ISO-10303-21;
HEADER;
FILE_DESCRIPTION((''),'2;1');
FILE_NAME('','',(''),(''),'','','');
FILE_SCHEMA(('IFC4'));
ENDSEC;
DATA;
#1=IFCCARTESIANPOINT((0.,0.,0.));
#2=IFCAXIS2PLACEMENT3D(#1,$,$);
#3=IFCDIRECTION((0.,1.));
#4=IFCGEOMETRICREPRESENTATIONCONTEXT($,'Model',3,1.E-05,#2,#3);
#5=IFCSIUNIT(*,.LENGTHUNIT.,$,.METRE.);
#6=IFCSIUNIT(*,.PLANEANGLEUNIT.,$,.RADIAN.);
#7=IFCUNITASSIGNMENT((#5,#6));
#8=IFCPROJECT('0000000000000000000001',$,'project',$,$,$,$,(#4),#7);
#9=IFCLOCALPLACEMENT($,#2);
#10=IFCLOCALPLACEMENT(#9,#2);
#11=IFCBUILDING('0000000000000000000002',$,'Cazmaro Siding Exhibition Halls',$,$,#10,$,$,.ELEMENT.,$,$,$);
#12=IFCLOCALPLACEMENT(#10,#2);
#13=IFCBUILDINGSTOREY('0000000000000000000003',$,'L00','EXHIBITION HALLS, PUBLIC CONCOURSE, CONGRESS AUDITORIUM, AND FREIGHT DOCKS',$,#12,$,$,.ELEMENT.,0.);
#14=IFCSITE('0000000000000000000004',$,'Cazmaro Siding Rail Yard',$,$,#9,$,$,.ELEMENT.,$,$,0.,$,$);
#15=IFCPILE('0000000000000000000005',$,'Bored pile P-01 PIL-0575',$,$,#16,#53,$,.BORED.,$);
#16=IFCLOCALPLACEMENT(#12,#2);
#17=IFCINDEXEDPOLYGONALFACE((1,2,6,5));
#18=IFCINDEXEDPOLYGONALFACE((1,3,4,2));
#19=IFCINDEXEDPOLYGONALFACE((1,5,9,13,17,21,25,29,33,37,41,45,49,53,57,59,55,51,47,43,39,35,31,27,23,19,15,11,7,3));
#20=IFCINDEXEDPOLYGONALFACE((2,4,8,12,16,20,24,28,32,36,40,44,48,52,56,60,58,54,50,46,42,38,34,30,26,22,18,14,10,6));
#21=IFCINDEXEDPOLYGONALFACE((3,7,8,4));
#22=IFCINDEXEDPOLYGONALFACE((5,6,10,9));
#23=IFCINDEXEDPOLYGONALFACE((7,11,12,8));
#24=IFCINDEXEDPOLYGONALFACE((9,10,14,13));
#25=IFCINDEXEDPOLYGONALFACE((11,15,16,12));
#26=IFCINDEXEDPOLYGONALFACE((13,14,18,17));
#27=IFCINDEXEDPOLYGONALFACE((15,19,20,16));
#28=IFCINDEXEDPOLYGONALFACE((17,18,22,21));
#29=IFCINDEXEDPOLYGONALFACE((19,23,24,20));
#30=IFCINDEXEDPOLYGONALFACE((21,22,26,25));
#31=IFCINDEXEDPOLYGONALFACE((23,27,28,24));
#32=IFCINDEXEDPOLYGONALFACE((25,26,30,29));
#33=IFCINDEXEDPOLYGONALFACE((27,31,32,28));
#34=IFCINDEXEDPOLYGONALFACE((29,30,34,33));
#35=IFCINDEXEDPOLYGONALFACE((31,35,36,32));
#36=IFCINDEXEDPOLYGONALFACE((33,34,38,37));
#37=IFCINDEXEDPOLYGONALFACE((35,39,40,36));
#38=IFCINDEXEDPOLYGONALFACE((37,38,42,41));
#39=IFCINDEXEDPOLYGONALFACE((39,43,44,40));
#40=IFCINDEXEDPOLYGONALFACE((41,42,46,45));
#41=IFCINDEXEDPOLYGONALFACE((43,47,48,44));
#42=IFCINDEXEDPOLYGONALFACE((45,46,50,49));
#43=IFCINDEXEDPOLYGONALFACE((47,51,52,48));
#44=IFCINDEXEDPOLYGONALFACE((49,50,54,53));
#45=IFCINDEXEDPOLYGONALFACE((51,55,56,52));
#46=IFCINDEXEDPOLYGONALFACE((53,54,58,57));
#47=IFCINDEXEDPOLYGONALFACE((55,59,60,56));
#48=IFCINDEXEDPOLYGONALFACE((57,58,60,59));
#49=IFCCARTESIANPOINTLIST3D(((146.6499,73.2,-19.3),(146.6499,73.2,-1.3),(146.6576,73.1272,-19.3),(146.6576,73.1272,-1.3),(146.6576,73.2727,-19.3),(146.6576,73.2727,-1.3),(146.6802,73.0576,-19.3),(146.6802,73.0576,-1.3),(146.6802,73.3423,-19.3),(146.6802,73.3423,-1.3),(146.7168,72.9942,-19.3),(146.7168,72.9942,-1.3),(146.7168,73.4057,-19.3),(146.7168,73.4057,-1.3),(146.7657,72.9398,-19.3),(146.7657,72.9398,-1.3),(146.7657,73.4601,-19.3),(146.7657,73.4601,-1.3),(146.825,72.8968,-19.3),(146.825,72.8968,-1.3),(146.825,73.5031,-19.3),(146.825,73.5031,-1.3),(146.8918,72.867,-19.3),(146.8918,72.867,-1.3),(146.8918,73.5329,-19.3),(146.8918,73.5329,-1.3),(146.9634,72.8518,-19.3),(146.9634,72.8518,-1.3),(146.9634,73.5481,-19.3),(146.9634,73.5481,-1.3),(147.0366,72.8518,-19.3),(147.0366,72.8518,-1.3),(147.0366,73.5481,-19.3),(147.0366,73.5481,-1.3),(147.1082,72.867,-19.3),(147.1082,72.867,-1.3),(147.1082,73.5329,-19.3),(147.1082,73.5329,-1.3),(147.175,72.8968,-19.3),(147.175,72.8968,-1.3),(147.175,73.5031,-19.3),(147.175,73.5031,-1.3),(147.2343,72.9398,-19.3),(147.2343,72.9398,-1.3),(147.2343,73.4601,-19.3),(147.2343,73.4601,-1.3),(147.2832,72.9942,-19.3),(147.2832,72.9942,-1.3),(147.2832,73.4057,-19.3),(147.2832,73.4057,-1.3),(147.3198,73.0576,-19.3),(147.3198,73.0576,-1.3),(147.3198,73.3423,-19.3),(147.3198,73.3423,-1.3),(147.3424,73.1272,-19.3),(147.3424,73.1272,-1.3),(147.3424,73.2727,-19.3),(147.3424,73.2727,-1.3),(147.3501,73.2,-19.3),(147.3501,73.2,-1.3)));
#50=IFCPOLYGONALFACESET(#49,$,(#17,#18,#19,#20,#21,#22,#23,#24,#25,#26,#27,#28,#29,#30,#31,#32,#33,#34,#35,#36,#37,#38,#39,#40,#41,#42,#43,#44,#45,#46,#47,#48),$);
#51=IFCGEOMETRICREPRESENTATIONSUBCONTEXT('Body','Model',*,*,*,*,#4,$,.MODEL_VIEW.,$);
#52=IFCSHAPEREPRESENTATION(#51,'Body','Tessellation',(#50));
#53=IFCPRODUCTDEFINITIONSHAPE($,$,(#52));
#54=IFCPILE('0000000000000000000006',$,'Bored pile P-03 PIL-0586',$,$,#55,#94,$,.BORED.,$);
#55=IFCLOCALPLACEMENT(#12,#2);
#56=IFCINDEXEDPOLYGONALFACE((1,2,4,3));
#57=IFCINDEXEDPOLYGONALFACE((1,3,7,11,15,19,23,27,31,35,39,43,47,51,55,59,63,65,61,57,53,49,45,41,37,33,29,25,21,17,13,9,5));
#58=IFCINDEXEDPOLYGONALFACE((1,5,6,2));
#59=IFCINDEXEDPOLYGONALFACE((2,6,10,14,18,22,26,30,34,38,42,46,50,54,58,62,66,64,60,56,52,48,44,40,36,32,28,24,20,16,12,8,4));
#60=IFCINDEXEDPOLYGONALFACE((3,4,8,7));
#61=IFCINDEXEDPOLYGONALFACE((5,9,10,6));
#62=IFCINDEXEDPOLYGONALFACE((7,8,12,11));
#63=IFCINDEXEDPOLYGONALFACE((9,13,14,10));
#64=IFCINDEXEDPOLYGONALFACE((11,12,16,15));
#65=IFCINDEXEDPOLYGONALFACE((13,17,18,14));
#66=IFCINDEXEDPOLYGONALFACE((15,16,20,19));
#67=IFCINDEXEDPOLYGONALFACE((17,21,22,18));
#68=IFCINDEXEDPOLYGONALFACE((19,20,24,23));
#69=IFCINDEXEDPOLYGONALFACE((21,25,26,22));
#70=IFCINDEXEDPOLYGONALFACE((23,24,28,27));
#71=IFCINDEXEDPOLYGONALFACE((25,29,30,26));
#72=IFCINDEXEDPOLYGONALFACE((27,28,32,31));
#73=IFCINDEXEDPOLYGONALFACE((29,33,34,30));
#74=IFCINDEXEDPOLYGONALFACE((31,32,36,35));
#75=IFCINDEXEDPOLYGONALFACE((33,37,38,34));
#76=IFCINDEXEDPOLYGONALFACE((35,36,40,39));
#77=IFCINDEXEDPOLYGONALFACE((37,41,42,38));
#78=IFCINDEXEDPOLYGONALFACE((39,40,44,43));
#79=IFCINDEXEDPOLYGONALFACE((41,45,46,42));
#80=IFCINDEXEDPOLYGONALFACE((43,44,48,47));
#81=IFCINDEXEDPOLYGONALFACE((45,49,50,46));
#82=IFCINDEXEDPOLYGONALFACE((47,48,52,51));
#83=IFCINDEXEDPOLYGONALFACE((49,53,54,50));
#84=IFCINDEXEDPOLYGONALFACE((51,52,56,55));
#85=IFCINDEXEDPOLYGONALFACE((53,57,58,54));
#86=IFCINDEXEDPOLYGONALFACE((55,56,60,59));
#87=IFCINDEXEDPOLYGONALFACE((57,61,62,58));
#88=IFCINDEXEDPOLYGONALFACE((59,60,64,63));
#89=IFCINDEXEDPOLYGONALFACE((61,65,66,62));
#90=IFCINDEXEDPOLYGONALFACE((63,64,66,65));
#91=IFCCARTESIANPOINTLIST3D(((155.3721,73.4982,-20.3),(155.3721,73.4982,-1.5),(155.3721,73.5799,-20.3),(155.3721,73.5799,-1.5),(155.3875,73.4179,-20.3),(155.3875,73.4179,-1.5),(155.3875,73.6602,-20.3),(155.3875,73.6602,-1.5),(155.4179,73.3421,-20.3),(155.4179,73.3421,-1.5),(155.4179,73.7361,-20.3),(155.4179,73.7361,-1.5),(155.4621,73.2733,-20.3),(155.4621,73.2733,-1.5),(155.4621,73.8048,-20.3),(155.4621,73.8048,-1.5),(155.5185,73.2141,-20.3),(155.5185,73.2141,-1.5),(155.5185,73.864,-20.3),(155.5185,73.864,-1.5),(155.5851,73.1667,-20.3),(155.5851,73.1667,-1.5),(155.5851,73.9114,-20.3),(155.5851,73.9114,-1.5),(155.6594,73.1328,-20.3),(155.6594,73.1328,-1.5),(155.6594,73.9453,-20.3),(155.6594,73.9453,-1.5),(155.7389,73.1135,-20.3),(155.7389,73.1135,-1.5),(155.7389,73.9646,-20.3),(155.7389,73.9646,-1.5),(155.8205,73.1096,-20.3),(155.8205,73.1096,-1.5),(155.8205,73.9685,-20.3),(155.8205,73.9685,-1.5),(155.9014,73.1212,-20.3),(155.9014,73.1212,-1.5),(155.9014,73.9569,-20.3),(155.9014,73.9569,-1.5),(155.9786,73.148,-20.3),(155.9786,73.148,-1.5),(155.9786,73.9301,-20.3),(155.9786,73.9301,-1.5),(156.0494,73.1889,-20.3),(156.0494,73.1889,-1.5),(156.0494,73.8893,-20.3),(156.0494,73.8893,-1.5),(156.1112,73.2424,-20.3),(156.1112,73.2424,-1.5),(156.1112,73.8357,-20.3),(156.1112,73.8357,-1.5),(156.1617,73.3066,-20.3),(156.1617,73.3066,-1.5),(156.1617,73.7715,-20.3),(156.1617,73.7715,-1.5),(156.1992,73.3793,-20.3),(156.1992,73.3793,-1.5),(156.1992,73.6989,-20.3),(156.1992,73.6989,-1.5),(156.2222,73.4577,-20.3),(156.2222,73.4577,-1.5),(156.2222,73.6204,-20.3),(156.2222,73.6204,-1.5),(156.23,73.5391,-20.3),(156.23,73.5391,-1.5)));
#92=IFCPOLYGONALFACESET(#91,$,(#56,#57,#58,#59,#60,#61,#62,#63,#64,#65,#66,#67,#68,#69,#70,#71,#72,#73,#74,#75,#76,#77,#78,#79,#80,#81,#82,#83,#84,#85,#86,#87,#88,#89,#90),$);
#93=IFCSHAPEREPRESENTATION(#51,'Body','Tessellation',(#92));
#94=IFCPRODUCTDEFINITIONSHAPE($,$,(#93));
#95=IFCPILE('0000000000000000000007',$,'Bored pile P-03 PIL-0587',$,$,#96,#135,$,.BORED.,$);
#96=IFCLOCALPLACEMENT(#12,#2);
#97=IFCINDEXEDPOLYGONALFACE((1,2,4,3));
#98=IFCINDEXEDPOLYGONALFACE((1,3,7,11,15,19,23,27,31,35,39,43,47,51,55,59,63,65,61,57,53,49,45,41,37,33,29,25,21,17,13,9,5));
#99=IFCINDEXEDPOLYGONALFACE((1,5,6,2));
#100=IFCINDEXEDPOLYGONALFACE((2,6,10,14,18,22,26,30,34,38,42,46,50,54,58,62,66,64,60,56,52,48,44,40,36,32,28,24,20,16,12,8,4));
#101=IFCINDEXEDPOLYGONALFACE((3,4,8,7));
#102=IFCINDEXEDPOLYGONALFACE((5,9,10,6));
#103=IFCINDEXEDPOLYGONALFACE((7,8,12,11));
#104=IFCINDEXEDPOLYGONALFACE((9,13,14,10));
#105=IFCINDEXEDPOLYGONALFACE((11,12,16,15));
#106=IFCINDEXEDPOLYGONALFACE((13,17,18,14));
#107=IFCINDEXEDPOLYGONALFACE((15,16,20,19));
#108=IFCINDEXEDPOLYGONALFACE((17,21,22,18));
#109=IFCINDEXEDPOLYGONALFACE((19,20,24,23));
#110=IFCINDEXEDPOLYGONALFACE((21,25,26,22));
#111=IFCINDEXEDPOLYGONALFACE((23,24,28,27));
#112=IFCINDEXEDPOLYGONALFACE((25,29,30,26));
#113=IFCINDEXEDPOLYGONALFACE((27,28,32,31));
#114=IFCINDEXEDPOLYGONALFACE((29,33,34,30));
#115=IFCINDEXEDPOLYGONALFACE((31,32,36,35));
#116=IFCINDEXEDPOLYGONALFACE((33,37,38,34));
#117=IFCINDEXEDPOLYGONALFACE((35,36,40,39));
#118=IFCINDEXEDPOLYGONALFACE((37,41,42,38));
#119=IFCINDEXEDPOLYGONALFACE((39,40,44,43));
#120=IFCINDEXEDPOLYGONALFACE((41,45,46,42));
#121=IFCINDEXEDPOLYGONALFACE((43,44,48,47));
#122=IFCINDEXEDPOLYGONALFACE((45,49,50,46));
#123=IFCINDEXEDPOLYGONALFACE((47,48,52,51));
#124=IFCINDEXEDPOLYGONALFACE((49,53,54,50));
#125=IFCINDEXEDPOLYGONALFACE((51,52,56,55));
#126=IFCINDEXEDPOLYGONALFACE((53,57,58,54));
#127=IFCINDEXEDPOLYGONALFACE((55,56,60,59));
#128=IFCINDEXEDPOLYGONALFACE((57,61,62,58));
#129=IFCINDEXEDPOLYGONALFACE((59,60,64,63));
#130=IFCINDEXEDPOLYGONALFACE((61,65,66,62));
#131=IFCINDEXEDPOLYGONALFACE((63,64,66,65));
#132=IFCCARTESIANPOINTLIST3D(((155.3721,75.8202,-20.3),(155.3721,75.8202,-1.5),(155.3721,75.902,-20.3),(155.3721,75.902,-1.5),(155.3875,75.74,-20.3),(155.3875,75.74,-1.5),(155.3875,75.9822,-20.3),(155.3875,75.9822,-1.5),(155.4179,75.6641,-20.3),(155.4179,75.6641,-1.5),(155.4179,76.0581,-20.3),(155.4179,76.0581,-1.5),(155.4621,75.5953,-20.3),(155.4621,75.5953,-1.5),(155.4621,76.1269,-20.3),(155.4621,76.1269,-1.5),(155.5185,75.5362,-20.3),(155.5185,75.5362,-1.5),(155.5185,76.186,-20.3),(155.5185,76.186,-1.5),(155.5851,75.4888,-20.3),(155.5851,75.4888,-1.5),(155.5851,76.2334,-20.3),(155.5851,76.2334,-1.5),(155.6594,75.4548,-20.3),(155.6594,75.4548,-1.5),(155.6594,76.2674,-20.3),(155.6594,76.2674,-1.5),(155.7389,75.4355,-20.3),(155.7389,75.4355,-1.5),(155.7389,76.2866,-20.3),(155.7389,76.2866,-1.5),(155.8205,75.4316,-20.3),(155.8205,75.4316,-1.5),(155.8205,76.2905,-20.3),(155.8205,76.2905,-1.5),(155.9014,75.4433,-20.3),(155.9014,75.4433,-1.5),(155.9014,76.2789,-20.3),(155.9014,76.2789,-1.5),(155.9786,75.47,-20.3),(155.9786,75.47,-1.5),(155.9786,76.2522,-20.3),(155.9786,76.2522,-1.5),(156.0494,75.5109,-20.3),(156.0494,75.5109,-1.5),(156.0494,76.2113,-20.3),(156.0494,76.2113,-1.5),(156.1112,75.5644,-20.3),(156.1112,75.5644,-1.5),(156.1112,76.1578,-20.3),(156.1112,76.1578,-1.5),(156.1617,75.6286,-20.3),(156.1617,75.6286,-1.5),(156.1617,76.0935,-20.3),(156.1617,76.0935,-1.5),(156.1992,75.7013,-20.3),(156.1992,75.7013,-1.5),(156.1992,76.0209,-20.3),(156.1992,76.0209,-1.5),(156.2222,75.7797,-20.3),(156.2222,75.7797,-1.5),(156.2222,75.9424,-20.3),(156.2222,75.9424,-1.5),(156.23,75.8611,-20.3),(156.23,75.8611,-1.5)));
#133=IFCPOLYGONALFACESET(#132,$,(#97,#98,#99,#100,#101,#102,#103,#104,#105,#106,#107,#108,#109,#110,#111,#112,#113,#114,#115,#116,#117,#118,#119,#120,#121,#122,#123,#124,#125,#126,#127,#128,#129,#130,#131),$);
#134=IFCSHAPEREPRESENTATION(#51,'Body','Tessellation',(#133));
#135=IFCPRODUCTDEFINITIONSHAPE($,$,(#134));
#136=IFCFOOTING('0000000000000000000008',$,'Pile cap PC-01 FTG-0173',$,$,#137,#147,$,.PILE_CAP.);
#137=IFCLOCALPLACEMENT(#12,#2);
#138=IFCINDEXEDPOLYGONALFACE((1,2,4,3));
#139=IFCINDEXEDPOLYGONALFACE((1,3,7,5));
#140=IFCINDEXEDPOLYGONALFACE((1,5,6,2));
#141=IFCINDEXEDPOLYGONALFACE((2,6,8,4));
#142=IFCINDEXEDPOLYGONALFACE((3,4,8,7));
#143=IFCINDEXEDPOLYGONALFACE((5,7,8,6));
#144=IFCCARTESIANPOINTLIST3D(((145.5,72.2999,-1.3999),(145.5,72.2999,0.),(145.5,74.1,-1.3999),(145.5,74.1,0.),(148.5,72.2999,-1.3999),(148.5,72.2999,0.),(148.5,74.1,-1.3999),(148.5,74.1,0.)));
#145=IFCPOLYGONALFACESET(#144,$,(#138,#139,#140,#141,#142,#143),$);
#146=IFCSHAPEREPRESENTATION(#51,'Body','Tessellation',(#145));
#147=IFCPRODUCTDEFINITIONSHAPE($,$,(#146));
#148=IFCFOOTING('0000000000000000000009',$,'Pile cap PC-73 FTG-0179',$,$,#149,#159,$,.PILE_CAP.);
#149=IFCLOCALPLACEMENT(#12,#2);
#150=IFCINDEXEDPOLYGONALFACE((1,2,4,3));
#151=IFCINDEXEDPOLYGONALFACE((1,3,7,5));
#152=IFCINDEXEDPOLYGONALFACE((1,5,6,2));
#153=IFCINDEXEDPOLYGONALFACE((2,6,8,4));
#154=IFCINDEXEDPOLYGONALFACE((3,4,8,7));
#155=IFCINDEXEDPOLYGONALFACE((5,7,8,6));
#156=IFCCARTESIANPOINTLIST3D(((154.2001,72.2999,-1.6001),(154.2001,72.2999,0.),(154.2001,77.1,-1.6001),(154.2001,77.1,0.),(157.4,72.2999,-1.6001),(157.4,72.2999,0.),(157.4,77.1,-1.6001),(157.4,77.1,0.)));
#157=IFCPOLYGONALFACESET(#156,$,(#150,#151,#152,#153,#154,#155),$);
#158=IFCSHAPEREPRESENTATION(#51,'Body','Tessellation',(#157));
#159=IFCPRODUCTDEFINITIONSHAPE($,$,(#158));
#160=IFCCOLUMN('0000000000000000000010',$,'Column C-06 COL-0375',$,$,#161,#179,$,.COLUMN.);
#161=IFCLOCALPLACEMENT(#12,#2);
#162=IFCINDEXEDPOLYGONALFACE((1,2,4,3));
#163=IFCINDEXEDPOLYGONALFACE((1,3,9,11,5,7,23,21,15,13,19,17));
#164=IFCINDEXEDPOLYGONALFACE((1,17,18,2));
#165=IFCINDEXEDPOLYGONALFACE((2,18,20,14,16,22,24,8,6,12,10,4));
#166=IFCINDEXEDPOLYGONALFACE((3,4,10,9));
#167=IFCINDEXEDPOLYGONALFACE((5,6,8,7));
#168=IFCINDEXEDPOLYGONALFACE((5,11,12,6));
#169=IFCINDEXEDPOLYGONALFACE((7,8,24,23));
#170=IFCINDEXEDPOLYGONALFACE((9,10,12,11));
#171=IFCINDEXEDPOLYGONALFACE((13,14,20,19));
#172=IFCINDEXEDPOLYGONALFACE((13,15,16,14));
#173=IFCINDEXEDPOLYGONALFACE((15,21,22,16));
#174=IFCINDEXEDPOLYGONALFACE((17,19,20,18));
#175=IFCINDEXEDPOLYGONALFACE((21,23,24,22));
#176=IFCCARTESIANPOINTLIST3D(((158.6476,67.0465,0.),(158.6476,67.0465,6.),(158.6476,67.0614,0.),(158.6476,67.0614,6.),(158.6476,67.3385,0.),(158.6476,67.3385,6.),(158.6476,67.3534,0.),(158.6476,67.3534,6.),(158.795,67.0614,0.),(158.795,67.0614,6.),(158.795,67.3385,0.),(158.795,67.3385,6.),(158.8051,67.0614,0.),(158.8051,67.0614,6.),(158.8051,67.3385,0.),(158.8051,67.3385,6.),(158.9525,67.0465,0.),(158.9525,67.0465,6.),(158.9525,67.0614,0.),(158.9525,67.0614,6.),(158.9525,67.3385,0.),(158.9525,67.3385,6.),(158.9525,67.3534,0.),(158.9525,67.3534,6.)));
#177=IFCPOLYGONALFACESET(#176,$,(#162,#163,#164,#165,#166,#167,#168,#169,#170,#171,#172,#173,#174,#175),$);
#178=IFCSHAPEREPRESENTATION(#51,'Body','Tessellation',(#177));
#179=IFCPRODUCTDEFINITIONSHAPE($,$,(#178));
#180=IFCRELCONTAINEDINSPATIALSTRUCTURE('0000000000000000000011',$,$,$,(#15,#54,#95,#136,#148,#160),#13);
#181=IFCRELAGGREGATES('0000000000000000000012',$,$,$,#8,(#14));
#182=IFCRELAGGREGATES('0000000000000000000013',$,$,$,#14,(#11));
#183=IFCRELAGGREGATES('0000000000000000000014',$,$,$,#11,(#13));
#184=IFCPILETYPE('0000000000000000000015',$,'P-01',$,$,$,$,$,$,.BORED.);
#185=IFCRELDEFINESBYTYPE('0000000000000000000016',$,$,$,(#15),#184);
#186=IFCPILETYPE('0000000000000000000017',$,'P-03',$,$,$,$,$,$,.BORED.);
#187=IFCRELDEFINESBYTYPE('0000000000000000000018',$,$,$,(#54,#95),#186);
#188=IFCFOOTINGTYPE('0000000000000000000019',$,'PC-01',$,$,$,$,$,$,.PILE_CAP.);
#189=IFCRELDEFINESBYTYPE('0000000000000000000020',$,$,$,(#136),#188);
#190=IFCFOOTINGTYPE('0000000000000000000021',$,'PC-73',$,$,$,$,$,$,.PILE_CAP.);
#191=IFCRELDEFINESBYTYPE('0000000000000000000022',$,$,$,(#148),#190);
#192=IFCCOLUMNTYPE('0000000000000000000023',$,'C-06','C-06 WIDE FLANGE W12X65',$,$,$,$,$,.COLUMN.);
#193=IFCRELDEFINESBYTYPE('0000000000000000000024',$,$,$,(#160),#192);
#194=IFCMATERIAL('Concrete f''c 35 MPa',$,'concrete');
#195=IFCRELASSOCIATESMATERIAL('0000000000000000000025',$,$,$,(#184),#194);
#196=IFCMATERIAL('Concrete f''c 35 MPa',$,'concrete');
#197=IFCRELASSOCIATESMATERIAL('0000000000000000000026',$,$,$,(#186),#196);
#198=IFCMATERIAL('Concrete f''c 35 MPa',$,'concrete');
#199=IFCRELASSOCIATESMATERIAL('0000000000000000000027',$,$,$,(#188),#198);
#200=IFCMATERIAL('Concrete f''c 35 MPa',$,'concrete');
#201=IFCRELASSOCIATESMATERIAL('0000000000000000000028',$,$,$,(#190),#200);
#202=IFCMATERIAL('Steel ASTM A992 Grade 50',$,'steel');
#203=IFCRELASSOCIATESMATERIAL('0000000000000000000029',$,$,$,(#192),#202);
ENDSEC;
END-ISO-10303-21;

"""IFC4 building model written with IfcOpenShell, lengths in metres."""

from ifc_helpers import new_model, si_unit, direction, frame, origin, origin_2d, place, context, subcontext, project, spatial, rectangle, circle, i_section, extrude, material, material_profile, profile_set, type_object, element, save


model = new_model("IFC4")

# Units and contexts
model_context = context("Model", 3, precision=1e-05, world=origin(), true_north=direction((0.0, 1.0)))
body_context = subcontext(model_context, "Body", "Model", "MODEL_VIEW")
ifc_project = project(units=[si_unit("LENGTHUNIT", "METRE"), si_unit("PLANEANGLEUNIT", "RADIAN")], contexts=[model_context])

# Site, building, storey
site_placement = place(None, origin())
site = spatial("IfcSite", under=ifc_project, at=site_placement, Name="Cazmaro Siding Rail Yard", CompositionType="ELEMENT", RefElevation=0.0)
building_placement = place(site_placement, origin())
building = spatial("IfcBuilding", under=site, at=building_placement, Name="Cazmaro Siding Exhibition Halls", CompositionType="ELEMENT")
storey_placement = place(building_placement, origin())
storey = spatial("IfcBuildingStorey", under=building, at=storey_placement, Name="L00", Description="EXHIBITION HALLS, PUBLIC CONCOURSE, CONGRESS AUDITORIUM, AND FREIGHT DOCKS", CompositionType="ELEMENT", Elevation=0.0)

# Piles
ifc_material_1 = material(Name="Concrete f'c 35 MPa", Category="concrete")
ifc_material_profile_1 = material_profile(ifc_material_1, circle(Radius=0.3501, at=origin_2d()), Name="CIDH-700")
ifc_profile_set_1 = profile_set([ifc_material_profile_1], Name="Concrete f'c 35 MPa")
pile_type_1 = type_object("IfcPileType", Name="P-01", PredefinedType="BORED", material=ifc_profile_set_1)
pile_placement = place(storey_placement, frame((147.0, 73.2, -1.3), z_axis=(0.0, 0.0, -1.0), x_axis=(1.0, 0.0, 0.0)))
element("IfcPile", 1, at=pile_placement, inside=storey, type_object=pile_type_1, Name="Bored pile P-01 PIL-0575", PredefinedType="BORED", context=body_context, shape_type="SweptSolid", body=[
    extrude(circle(Radius=0.3501, at=origin_2d()), origin(), (0.0, 0.0, 1.0), 18.0),
])
ifc_material_2 = material(Name="Concrete f'c 35 MPa", Category="concrete")
ifc_material_profile_2 = material_profile(ifc_material_2, circle(Radius=0.4299, at=origin_2d()), Name="CIDH-860")
ifc_profile_set_2 = profile_set([ifc_material_profile_2], Name="Concrete f'c 35 MPa")
pile_type_2 = type_object("IfcPileType", Name="P-03", PredefinedType="BORED", material=ifc_profile_set_2)
for number, where, z_axis, x_axis, name in (
    (2, (155.8, 73.5391, -1.5), (0.0, 0.0, -1.0), (1.0, 0.0, 0.0), "Bored pile P-03 PIL-0586"),
    (3, (155.8, 75.8611, -1.5), (0.0, 0.0, -1.0), (1.0, 0.0, 0.0), "Bored pile P-03 PIL-0587"),
):
    element("IfcPile", number, at=place(storey_placement, frame(where, z_axis=z_axis, x_axis=x_axis)), inside=storey, type_object=pile_type_2, Name=name, PredefinedType="BORED", context=body_context, shape_type="SweptSolid", body=[
        extrude(circle(Radius=0.4299, at=origin_2d()), origin(), (0.0, 0.0, 1.0), 18.8),
    ])

# Footings
ifc_material_3 = material(Name="Concrete f'c 35 MPa", Category="concrete")
footing_type_1 = type_object("IfcFootingType", Name="PC-01", PredefinedType="PILE_CAP", material=ifc_material_3)
footing_1_placement = place(storey_placement, frame((147.0, 73.2, -1.3999), z_axis=(0.0, 0.0, 1.0), x_axis=(1.0, 0.0, 0.0)))
element("IfcFooting", 4, at=footing_1_placement, inside=storey, type_object=footing_type_1, Name="Pile cap PC-01 FTG-0173", PredefinedType="PILE_CAP", context=body_context, shape_type="SweptSolid", body=[
    extrude(rectangle(XDim=3.0, YDim=1.8, at=origin_2d()), origin(), (0.0, 0.0, 1.0), 1.3999),
])
ifc_material_4 = material(Name="Concrete f'c 35 MPa", Category="concrete")
footing_type_2 = type_object("IfcFootingType", Name="PC-73", PredefinedType="PILE_CAP", material=ifc_material_4)
footing_2_placement = place(storey_placement, frame((155.8, 74.7, -1.6001), z_axis=(0.0, 0.0, 1.0), x_axis=(1.0, 0.0, 0.0)))
element("IfcFooting", 5, at=footing_2_placement, inside=storey, type_object=footing_type_2, Name="Pile cap PC-73 FTG-0179", PredefinedType="PILE_CAP", context=body_context, shape_type="SweptSolid", body=[
    extrude(rectangle(XDim=3.2, YDim=4.8, at=origin_2d()), origin(), (0.0, 0.0, 1.0), 1.6001),
])

# Column
ifc_material_5 = material(Name="Steel ASTM A992 Grade 50", Category="steel")
ifc_material_profile_3 = material_profile(ifc_material_5, i_section(OverallWidth=0.3049, OverallDepth=0.3069, WebThickness=0.01, FlangeThickness=0.0149, at=origin_2d()), Name="W12X65")
ifc_profile_set_3 = profile_set([ifc_material_profile_3], Name="Steel ASTM A992 Grade 50")
column_type_1 = type_object("IfcColumnType", Name="C-06", Description="C-06 WIDE FLANGE W12X65", PredefinedType="COLUMN", material=ifc_profile_set_3)
column_1_placement = place(storey_placement, frame((158.8, 67.2, 0.0), z_axis=(0.0, 0.0, 1.0), x_axis=(1.0, 0.0, 0.0)))
element("IfcColumn", 6, at=column_1_placement, inside=storey, type_object=column_type_1, Name="Column C-06 COL-0375", PredefinedType="COLUMN", context=body_context, shape_type="SweptSolid", body=[
    extrude(i_section(OverallWidth=0.3049, OverallDepth=0.3069, WebThickness=0.01, FlangeThickness=0.0149, at=origin_2d()), origin(), (0.0, 0.0, 1.0), 6.0),
])

save(model, "model.ifc")
